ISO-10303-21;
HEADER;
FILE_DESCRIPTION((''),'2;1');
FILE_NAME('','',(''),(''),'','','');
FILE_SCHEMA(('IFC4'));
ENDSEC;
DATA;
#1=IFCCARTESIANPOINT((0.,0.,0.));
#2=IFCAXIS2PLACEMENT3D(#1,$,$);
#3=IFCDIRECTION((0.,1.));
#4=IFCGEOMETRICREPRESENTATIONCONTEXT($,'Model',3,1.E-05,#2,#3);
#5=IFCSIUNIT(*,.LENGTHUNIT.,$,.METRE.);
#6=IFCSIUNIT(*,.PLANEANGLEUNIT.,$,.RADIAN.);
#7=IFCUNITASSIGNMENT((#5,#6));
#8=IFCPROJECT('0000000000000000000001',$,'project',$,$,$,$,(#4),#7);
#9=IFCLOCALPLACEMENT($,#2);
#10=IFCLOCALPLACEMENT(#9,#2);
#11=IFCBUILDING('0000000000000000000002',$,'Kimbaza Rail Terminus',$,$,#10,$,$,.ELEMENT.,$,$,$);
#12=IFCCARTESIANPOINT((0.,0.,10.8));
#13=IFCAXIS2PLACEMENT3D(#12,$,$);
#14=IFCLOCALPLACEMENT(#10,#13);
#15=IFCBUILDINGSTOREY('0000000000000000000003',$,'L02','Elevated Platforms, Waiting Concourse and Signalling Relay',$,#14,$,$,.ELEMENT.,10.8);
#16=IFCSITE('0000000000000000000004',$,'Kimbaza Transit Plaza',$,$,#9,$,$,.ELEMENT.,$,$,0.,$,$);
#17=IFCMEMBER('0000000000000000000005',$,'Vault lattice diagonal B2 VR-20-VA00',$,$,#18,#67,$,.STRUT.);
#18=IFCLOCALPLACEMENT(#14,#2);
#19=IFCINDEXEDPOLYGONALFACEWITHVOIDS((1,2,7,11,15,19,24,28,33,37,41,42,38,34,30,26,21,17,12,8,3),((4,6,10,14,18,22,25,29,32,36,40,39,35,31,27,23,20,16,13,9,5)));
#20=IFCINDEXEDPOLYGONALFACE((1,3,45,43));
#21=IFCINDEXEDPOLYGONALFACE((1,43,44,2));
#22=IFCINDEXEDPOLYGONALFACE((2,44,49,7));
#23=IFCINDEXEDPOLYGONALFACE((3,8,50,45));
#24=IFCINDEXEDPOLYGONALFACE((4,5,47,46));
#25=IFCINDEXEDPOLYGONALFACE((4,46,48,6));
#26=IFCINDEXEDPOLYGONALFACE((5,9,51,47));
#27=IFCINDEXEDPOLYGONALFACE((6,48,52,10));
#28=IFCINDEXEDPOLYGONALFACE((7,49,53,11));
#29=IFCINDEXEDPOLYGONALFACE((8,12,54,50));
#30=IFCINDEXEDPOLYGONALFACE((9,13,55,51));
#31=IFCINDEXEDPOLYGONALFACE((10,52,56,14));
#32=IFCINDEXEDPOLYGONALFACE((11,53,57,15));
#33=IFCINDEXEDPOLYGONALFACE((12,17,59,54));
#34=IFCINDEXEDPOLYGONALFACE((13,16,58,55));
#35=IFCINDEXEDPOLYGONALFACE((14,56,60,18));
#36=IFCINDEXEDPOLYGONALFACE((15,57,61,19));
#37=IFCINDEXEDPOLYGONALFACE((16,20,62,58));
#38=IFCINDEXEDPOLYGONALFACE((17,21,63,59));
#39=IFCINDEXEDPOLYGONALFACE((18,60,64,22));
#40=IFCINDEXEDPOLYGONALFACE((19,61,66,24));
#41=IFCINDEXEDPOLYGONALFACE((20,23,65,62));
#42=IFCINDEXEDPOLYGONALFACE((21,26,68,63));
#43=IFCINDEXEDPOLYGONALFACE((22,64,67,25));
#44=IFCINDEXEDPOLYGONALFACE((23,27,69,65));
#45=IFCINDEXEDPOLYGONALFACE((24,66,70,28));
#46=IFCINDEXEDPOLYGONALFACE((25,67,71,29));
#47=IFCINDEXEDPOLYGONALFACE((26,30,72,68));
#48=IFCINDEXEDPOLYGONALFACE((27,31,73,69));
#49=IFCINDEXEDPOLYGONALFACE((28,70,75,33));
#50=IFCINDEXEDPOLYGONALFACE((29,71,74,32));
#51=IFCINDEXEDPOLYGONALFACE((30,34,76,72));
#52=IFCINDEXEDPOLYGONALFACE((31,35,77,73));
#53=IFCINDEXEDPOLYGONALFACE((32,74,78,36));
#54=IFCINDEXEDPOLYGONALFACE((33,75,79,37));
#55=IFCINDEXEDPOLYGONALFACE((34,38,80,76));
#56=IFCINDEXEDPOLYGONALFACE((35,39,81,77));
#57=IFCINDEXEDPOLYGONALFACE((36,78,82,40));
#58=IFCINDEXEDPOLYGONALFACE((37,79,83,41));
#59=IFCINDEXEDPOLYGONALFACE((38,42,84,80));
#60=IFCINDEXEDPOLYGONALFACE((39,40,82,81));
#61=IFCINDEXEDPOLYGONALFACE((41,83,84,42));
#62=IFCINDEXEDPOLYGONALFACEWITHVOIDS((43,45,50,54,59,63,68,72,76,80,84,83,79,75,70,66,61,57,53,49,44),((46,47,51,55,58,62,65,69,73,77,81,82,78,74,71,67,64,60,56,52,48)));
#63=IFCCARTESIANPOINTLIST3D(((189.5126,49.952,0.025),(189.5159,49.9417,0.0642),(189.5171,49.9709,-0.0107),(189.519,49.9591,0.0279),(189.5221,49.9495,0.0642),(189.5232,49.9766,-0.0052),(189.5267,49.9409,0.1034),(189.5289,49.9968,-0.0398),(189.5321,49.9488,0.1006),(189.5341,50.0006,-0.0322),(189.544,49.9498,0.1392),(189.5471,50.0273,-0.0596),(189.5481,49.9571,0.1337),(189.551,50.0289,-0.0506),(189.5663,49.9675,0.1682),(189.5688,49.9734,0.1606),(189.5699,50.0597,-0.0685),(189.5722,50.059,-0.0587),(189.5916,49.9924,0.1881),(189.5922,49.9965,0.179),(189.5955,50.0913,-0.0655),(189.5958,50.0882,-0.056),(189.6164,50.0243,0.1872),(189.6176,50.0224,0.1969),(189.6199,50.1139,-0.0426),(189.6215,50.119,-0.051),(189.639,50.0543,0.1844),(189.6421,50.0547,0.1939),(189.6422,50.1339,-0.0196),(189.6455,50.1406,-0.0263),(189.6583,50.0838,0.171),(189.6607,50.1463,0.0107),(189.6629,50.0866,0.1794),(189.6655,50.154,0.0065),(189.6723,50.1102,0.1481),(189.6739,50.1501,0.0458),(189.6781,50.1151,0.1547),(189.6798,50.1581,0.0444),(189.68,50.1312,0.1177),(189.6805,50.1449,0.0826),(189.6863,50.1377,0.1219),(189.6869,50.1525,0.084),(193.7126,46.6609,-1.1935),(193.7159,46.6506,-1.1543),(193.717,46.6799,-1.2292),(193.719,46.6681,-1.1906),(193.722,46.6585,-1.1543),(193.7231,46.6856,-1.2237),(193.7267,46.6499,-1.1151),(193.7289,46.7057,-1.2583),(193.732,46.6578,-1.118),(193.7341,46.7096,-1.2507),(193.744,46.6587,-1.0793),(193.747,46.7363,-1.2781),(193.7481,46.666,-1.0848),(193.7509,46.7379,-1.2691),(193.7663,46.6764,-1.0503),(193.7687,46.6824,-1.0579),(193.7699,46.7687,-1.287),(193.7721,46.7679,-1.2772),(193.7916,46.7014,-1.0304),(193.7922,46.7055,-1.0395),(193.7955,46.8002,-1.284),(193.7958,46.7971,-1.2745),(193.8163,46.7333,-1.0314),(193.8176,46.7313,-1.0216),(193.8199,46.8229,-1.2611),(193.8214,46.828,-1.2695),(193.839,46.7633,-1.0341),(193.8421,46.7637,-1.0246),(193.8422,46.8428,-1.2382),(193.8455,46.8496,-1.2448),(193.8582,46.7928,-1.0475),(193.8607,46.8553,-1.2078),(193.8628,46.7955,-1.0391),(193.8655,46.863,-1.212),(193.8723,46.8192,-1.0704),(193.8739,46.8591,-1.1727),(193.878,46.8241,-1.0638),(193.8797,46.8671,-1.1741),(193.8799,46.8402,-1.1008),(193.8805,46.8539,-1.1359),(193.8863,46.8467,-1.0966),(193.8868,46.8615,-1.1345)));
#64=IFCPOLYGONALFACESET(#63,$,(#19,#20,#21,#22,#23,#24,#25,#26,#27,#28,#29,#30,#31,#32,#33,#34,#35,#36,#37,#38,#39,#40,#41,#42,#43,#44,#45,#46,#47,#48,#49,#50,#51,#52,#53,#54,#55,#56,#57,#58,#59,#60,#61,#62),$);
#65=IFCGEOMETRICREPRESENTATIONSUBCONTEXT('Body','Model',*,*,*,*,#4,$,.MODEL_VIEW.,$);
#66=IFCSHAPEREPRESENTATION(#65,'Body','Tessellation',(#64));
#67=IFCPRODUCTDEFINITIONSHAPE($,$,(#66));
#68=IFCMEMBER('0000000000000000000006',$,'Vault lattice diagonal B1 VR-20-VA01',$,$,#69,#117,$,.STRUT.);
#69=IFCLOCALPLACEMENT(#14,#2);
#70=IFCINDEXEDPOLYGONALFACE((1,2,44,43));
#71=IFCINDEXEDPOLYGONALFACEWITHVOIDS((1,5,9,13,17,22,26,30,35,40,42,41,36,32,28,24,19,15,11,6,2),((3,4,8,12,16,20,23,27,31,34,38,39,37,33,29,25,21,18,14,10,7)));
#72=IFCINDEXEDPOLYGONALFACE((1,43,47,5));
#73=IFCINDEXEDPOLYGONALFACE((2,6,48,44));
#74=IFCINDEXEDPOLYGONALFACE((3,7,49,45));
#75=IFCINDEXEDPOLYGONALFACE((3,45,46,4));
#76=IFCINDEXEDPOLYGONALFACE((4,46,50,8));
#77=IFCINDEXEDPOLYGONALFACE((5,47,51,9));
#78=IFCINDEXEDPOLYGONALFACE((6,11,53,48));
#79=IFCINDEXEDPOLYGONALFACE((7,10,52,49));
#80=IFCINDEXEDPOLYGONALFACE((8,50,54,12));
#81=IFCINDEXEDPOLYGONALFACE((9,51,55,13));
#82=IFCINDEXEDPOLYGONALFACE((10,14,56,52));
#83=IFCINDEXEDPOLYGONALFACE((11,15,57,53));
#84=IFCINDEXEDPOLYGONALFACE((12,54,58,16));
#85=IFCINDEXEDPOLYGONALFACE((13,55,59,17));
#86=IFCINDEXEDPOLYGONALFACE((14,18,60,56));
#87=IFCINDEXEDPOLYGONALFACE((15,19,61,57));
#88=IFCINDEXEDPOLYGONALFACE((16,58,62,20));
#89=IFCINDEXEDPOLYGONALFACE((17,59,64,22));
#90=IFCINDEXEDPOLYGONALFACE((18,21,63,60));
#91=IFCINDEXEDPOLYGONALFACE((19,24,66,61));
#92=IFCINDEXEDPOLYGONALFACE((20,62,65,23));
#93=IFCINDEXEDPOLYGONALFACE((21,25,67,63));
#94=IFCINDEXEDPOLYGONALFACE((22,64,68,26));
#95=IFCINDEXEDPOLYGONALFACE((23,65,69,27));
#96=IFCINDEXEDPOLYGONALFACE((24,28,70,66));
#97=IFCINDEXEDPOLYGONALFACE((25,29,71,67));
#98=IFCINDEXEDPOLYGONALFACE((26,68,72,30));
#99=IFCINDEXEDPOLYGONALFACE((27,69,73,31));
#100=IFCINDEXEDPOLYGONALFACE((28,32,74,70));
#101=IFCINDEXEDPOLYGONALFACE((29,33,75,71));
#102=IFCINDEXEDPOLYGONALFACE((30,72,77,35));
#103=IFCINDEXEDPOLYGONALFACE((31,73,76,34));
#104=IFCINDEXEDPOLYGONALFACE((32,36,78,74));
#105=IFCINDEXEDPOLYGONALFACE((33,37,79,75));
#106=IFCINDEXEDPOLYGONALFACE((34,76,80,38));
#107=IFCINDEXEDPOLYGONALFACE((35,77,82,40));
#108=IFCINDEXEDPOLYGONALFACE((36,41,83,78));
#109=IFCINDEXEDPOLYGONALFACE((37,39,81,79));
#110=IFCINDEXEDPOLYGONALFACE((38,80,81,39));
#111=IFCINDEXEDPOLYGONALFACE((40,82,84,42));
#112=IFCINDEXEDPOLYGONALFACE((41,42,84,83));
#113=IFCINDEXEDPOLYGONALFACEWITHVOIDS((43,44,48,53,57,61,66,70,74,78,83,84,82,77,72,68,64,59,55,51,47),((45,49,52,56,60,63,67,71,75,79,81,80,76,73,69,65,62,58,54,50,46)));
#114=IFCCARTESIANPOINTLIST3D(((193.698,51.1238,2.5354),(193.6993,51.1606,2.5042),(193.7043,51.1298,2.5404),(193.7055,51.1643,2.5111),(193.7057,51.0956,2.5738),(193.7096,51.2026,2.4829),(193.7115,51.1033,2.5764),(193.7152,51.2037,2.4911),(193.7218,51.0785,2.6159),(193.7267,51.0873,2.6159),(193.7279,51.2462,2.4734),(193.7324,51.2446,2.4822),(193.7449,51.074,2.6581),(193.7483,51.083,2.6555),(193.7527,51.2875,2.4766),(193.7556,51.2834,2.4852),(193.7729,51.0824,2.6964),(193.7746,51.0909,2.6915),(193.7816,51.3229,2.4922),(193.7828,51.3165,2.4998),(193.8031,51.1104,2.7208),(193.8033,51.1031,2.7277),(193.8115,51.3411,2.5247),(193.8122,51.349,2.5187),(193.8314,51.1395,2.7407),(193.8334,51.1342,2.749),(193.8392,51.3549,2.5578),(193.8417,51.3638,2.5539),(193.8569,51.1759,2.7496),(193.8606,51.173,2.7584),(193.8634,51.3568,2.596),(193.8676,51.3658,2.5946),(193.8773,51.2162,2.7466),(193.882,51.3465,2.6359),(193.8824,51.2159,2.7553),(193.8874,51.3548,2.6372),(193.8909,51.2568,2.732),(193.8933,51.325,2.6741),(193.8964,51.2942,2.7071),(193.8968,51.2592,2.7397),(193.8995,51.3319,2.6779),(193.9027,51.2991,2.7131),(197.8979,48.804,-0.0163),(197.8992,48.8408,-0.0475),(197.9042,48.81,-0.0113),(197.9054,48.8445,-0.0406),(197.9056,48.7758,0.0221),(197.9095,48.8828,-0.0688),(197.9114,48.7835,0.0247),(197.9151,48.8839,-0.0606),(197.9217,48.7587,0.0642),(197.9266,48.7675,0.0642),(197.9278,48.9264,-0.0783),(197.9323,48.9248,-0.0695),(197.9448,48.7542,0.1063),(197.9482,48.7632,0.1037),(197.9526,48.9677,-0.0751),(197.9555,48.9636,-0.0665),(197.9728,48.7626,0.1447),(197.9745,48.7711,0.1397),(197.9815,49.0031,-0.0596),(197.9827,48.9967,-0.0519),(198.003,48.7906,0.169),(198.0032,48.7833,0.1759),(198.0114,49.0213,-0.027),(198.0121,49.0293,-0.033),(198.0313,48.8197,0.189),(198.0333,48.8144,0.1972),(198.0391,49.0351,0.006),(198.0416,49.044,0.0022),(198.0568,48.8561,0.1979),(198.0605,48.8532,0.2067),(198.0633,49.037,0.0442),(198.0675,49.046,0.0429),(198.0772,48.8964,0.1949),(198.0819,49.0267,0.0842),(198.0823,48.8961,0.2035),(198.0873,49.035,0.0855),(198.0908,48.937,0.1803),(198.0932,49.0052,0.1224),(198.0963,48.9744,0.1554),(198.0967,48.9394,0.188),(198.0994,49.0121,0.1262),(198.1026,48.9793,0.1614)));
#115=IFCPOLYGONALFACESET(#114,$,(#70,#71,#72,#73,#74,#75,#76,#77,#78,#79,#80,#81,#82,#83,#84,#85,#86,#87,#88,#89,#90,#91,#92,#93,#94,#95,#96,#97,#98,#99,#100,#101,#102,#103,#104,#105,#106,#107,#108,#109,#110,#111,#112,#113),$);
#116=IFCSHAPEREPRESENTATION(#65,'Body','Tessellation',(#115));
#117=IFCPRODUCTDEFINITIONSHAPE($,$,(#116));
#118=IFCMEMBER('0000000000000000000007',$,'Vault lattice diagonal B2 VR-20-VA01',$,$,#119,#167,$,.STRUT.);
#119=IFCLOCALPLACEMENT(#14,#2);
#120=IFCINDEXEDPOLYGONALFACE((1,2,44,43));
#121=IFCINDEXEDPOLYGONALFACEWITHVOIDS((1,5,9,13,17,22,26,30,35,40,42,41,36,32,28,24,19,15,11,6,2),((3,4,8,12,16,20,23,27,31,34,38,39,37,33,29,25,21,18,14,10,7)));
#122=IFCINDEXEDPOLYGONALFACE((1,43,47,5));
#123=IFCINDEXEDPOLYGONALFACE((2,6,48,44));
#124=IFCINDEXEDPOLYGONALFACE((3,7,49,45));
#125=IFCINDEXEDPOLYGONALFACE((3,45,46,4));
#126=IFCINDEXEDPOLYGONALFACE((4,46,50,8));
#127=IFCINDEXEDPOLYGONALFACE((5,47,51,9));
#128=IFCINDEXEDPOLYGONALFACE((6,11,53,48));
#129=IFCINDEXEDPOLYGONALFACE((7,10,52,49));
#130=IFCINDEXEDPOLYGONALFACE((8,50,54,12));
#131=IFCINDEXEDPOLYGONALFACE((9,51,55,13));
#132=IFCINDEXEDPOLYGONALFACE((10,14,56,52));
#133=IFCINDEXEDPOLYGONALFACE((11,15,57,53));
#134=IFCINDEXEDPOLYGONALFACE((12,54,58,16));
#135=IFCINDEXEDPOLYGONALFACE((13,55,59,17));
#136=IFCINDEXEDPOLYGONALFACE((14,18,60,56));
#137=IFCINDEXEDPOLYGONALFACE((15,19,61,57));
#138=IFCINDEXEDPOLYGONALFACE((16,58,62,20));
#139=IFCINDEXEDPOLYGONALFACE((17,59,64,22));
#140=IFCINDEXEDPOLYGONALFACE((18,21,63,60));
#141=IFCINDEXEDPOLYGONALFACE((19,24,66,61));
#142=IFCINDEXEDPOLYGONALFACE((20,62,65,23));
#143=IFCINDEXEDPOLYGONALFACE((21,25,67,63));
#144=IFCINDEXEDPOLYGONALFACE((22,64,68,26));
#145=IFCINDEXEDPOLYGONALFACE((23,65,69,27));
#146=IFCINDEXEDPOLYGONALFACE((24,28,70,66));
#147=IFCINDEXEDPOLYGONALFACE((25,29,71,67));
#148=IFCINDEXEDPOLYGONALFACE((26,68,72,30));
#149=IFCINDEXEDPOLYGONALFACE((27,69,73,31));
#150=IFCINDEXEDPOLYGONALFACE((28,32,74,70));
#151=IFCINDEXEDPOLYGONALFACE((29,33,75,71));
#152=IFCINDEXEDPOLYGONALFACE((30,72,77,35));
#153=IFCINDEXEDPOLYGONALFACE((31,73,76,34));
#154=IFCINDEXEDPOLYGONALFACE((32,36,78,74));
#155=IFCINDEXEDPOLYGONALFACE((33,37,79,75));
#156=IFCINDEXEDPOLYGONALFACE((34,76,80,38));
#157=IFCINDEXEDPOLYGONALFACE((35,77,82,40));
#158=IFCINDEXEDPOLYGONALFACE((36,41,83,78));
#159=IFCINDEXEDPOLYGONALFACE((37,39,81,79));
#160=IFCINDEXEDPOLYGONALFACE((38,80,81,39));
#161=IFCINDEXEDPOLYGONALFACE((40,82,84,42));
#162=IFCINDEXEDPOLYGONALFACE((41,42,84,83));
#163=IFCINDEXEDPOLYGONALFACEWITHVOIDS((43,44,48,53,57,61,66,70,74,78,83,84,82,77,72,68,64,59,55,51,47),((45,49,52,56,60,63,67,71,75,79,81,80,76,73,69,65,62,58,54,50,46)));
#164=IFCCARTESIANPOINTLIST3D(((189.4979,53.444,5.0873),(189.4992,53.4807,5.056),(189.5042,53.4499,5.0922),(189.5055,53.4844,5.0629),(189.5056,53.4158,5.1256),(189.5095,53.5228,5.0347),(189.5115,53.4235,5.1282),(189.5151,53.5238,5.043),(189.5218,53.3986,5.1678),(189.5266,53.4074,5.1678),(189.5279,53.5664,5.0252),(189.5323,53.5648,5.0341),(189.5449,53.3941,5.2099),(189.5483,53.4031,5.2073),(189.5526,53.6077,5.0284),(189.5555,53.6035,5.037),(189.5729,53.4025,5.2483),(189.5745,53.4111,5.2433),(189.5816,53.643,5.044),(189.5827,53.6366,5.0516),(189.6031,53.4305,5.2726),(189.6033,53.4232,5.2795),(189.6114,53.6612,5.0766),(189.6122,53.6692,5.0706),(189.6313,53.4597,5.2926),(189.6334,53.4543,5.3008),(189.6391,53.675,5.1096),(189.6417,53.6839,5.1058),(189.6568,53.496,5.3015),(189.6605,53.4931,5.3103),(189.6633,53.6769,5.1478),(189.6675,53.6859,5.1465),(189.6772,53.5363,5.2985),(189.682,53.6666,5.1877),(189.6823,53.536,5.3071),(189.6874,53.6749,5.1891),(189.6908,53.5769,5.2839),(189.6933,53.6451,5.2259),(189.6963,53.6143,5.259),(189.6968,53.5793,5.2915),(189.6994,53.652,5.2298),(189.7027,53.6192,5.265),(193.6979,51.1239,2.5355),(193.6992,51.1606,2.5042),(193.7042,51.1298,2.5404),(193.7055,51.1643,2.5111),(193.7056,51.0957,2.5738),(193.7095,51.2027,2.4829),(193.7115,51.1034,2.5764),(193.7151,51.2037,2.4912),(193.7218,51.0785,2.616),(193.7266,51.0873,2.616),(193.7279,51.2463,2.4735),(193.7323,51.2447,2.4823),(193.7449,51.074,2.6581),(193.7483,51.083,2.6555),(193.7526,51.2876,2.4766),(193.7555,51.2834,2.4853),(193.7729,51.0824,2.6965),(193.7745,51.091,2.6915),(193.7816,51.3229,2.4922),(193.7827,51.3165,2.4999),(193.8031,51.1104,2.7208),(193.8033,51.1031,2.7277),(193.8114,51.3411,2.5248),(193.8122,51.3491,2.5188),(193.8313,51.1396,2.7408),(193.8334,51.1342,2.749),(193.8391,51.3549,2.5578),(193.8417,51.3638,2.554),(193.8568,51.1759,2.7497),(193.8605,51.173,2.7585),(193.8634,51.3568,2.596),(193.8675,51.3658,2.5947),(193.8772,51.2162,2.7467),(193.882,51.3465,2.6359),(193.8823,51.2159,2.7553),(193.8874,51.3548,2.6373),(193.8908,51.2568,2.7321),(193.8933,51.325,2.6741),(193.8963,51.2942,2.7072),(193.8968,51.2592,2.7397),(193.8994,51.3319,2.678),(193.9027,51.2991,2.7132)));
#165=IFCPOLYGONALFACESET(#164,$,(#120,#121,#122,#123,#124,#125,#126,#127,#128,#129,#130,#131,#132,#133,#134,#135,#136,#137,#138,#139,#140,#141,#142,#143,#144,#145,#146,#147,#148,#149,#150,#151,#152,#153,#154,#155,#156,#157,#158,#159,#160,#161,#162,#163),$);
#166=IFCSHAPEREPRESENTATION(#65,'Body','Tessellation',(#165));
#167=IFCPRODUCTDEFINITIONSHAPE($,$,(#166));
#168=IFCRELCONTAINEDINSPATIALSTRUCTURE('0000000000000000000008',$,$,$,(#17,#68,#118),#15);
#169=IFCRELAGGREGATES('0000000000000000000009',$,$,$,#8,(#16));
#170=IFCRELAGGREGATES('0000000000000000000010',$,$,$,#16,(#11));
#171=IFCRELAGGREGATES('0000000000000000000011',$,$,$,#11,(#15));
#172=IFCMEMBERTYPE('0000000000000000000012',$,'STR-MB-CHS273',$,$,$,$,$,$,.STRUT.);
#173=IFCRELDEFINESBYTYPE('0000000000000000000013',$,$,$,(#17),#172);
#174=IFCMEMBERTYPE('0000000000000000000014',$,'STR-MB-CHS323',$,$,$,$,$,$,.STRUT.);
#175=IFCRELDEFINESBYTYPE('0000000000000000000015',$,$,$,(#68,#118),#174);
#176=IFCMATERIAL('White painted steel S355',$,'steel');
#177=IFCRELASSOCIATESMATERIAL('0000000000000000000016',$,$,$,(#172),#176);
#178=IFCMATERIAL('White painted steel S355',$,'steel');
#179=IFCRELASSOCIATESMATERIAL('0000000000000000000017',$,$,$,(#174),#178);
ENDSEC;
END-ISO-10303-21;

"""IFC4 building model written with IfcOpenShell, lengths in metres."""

from ifc_helpers import new_model, si_unit, direction, frame, origin, origin_2d, place, context, subcontext, project, spatial, hollow_circle, extrude, material, material_profile, profile_set, type_object, element, save


model = new_model("IFC4")

# Units and contexts
model_context = context("Model", 3, precision=1e-05, world=origin(), true_north=direction((0.0, 1.0)))
body_context = subcontext(model_context, "Body", "Model", "MODEL_VIEW")
ifc_project = project(units=[si_unit("LENGTHUNIT", "METRE"), si_unit("PLANEANGLEUNIT", "RADIAN")], contexts=[model_context])

# Site, building, storey
site_placement = place(None, origin())
site = spatial("IfcSite", under=ifc_project, at=site_placement, Name="Kimbaza Transit Plaza", CompositionType="ELEMENT", RefElevation=0.0)
building_placement = place(site_placement, origin())
building = spatial("IfcBuilding", under=site, at=building_placement, Name="Kimbaza Rail Terminus", CompositionType="ELEMENT")
storey_placement = place(building_placement, frame((0.0, 0.0, 10.8)))
storey = spatial("IfcBuildingStorey", under=building, at=storey_placement, Name="L02", Description="Elevated Platforms, Waiting Concourse and Signalling Relay", CompositionType="ELEMENT", Elevation=10.8)

# Members
ifc_material_1 = material(Name="White painted steel S355", Category="steel")
ifc_material_profile_1 = material_profile(ifc_material_1, hollow_circle(Radius=0.1365, WallThickness=0.01, at=origin_2d()), Name="CHS 273x10")
ifc_profile_set_1 = profile_set([ifc_material_profile_1], Name="White painted steel S355")
member_type_1 = type_object("IfcMemberType", Name="STR-MB-CHS273", PredefinedType="STRUT", material=ifc_profile_set_1)
member_1_placement = place(storey_placement, frame((193.8, 46.7581, -1.1543), z_axis=(-0.767377, 0.601304, 0.222634), x_axis=(-0.616784, -0.787132, 0.0)))
element("IfcMember", 1, at=member_1_placement, inside=storey, type_object=member_type_1, Name="Vault lattice diagonal B2 VR-20-VA00", PredefinedType="STRUT", context=body_context, shape_type="SweptSolid", body=[
    extrude(hollow_circle(Radius=0.1365, WallThickness=0.01, at=origin_2d()), origin(), (0.0, 0.0, 1.0), 5.4731),
])
ifc_material_2 = material(Name="White painted steel S355", Category="steel")
ifc_material_profile_2 = material_profile(ifc_material_2, hollow_circle(Radius=0.1619, WallThickness=0.01, at=origin_2d()), Name="CHS 323.9x10")
ifc_profile_set_2 = profile_set([ifc_material_profile_2], Name="White painted steel S355")
member_type_2 = type_object("IfcMemberType", Name="STR-MB-CHS323", PredefinedType="STRUT", material=ifc_profile_set_2)
member_2_placement = place(storey_placement, frame((198.0, 48.9004, 0.0642), z_axis=(-0.772846, 0.426878, 0.469557), x_axis=(-0.483494, -0.875348, 0.0)))
element("IfcMember", 2, at=member_2_placement, inside=storey, type_object=member_type_2, Name="Vault lattice diagonal B1 VR-20-VA01", PredefinedType="STRUT", context=body_context, shape_type="SweptSolid", body=[
    extrude(hollow_circle(Radius=0.1619, WallThickness=0.01, at=origin_2d()), origin(), (0.0, 0.0, 1.0), 5.4343),
])
member_3_placement = place(storey_placement, frame((193.8, 51.2202, 2.616), z_axis=(-0.772831, 0.426915, 0.469548), x_axis=(-0.483533, -0.875326, 0.0)))
element("IfcMember", 3, at=member_3_placement, inside=storey, type_object=member_type_2, Name="Vault lattice diagonal B2 VR-20-VA01", PredefinedType="STRUT", context=body_context, shape_type="SweptSolid", body=[
    extrude(hollow_circle(Radius=0.1619, WallThickness=0.01, at=origin_2d()), origin(), (0.0, 0.0, 1.0), 5.4346),
])

save(model, "model.ifc")
